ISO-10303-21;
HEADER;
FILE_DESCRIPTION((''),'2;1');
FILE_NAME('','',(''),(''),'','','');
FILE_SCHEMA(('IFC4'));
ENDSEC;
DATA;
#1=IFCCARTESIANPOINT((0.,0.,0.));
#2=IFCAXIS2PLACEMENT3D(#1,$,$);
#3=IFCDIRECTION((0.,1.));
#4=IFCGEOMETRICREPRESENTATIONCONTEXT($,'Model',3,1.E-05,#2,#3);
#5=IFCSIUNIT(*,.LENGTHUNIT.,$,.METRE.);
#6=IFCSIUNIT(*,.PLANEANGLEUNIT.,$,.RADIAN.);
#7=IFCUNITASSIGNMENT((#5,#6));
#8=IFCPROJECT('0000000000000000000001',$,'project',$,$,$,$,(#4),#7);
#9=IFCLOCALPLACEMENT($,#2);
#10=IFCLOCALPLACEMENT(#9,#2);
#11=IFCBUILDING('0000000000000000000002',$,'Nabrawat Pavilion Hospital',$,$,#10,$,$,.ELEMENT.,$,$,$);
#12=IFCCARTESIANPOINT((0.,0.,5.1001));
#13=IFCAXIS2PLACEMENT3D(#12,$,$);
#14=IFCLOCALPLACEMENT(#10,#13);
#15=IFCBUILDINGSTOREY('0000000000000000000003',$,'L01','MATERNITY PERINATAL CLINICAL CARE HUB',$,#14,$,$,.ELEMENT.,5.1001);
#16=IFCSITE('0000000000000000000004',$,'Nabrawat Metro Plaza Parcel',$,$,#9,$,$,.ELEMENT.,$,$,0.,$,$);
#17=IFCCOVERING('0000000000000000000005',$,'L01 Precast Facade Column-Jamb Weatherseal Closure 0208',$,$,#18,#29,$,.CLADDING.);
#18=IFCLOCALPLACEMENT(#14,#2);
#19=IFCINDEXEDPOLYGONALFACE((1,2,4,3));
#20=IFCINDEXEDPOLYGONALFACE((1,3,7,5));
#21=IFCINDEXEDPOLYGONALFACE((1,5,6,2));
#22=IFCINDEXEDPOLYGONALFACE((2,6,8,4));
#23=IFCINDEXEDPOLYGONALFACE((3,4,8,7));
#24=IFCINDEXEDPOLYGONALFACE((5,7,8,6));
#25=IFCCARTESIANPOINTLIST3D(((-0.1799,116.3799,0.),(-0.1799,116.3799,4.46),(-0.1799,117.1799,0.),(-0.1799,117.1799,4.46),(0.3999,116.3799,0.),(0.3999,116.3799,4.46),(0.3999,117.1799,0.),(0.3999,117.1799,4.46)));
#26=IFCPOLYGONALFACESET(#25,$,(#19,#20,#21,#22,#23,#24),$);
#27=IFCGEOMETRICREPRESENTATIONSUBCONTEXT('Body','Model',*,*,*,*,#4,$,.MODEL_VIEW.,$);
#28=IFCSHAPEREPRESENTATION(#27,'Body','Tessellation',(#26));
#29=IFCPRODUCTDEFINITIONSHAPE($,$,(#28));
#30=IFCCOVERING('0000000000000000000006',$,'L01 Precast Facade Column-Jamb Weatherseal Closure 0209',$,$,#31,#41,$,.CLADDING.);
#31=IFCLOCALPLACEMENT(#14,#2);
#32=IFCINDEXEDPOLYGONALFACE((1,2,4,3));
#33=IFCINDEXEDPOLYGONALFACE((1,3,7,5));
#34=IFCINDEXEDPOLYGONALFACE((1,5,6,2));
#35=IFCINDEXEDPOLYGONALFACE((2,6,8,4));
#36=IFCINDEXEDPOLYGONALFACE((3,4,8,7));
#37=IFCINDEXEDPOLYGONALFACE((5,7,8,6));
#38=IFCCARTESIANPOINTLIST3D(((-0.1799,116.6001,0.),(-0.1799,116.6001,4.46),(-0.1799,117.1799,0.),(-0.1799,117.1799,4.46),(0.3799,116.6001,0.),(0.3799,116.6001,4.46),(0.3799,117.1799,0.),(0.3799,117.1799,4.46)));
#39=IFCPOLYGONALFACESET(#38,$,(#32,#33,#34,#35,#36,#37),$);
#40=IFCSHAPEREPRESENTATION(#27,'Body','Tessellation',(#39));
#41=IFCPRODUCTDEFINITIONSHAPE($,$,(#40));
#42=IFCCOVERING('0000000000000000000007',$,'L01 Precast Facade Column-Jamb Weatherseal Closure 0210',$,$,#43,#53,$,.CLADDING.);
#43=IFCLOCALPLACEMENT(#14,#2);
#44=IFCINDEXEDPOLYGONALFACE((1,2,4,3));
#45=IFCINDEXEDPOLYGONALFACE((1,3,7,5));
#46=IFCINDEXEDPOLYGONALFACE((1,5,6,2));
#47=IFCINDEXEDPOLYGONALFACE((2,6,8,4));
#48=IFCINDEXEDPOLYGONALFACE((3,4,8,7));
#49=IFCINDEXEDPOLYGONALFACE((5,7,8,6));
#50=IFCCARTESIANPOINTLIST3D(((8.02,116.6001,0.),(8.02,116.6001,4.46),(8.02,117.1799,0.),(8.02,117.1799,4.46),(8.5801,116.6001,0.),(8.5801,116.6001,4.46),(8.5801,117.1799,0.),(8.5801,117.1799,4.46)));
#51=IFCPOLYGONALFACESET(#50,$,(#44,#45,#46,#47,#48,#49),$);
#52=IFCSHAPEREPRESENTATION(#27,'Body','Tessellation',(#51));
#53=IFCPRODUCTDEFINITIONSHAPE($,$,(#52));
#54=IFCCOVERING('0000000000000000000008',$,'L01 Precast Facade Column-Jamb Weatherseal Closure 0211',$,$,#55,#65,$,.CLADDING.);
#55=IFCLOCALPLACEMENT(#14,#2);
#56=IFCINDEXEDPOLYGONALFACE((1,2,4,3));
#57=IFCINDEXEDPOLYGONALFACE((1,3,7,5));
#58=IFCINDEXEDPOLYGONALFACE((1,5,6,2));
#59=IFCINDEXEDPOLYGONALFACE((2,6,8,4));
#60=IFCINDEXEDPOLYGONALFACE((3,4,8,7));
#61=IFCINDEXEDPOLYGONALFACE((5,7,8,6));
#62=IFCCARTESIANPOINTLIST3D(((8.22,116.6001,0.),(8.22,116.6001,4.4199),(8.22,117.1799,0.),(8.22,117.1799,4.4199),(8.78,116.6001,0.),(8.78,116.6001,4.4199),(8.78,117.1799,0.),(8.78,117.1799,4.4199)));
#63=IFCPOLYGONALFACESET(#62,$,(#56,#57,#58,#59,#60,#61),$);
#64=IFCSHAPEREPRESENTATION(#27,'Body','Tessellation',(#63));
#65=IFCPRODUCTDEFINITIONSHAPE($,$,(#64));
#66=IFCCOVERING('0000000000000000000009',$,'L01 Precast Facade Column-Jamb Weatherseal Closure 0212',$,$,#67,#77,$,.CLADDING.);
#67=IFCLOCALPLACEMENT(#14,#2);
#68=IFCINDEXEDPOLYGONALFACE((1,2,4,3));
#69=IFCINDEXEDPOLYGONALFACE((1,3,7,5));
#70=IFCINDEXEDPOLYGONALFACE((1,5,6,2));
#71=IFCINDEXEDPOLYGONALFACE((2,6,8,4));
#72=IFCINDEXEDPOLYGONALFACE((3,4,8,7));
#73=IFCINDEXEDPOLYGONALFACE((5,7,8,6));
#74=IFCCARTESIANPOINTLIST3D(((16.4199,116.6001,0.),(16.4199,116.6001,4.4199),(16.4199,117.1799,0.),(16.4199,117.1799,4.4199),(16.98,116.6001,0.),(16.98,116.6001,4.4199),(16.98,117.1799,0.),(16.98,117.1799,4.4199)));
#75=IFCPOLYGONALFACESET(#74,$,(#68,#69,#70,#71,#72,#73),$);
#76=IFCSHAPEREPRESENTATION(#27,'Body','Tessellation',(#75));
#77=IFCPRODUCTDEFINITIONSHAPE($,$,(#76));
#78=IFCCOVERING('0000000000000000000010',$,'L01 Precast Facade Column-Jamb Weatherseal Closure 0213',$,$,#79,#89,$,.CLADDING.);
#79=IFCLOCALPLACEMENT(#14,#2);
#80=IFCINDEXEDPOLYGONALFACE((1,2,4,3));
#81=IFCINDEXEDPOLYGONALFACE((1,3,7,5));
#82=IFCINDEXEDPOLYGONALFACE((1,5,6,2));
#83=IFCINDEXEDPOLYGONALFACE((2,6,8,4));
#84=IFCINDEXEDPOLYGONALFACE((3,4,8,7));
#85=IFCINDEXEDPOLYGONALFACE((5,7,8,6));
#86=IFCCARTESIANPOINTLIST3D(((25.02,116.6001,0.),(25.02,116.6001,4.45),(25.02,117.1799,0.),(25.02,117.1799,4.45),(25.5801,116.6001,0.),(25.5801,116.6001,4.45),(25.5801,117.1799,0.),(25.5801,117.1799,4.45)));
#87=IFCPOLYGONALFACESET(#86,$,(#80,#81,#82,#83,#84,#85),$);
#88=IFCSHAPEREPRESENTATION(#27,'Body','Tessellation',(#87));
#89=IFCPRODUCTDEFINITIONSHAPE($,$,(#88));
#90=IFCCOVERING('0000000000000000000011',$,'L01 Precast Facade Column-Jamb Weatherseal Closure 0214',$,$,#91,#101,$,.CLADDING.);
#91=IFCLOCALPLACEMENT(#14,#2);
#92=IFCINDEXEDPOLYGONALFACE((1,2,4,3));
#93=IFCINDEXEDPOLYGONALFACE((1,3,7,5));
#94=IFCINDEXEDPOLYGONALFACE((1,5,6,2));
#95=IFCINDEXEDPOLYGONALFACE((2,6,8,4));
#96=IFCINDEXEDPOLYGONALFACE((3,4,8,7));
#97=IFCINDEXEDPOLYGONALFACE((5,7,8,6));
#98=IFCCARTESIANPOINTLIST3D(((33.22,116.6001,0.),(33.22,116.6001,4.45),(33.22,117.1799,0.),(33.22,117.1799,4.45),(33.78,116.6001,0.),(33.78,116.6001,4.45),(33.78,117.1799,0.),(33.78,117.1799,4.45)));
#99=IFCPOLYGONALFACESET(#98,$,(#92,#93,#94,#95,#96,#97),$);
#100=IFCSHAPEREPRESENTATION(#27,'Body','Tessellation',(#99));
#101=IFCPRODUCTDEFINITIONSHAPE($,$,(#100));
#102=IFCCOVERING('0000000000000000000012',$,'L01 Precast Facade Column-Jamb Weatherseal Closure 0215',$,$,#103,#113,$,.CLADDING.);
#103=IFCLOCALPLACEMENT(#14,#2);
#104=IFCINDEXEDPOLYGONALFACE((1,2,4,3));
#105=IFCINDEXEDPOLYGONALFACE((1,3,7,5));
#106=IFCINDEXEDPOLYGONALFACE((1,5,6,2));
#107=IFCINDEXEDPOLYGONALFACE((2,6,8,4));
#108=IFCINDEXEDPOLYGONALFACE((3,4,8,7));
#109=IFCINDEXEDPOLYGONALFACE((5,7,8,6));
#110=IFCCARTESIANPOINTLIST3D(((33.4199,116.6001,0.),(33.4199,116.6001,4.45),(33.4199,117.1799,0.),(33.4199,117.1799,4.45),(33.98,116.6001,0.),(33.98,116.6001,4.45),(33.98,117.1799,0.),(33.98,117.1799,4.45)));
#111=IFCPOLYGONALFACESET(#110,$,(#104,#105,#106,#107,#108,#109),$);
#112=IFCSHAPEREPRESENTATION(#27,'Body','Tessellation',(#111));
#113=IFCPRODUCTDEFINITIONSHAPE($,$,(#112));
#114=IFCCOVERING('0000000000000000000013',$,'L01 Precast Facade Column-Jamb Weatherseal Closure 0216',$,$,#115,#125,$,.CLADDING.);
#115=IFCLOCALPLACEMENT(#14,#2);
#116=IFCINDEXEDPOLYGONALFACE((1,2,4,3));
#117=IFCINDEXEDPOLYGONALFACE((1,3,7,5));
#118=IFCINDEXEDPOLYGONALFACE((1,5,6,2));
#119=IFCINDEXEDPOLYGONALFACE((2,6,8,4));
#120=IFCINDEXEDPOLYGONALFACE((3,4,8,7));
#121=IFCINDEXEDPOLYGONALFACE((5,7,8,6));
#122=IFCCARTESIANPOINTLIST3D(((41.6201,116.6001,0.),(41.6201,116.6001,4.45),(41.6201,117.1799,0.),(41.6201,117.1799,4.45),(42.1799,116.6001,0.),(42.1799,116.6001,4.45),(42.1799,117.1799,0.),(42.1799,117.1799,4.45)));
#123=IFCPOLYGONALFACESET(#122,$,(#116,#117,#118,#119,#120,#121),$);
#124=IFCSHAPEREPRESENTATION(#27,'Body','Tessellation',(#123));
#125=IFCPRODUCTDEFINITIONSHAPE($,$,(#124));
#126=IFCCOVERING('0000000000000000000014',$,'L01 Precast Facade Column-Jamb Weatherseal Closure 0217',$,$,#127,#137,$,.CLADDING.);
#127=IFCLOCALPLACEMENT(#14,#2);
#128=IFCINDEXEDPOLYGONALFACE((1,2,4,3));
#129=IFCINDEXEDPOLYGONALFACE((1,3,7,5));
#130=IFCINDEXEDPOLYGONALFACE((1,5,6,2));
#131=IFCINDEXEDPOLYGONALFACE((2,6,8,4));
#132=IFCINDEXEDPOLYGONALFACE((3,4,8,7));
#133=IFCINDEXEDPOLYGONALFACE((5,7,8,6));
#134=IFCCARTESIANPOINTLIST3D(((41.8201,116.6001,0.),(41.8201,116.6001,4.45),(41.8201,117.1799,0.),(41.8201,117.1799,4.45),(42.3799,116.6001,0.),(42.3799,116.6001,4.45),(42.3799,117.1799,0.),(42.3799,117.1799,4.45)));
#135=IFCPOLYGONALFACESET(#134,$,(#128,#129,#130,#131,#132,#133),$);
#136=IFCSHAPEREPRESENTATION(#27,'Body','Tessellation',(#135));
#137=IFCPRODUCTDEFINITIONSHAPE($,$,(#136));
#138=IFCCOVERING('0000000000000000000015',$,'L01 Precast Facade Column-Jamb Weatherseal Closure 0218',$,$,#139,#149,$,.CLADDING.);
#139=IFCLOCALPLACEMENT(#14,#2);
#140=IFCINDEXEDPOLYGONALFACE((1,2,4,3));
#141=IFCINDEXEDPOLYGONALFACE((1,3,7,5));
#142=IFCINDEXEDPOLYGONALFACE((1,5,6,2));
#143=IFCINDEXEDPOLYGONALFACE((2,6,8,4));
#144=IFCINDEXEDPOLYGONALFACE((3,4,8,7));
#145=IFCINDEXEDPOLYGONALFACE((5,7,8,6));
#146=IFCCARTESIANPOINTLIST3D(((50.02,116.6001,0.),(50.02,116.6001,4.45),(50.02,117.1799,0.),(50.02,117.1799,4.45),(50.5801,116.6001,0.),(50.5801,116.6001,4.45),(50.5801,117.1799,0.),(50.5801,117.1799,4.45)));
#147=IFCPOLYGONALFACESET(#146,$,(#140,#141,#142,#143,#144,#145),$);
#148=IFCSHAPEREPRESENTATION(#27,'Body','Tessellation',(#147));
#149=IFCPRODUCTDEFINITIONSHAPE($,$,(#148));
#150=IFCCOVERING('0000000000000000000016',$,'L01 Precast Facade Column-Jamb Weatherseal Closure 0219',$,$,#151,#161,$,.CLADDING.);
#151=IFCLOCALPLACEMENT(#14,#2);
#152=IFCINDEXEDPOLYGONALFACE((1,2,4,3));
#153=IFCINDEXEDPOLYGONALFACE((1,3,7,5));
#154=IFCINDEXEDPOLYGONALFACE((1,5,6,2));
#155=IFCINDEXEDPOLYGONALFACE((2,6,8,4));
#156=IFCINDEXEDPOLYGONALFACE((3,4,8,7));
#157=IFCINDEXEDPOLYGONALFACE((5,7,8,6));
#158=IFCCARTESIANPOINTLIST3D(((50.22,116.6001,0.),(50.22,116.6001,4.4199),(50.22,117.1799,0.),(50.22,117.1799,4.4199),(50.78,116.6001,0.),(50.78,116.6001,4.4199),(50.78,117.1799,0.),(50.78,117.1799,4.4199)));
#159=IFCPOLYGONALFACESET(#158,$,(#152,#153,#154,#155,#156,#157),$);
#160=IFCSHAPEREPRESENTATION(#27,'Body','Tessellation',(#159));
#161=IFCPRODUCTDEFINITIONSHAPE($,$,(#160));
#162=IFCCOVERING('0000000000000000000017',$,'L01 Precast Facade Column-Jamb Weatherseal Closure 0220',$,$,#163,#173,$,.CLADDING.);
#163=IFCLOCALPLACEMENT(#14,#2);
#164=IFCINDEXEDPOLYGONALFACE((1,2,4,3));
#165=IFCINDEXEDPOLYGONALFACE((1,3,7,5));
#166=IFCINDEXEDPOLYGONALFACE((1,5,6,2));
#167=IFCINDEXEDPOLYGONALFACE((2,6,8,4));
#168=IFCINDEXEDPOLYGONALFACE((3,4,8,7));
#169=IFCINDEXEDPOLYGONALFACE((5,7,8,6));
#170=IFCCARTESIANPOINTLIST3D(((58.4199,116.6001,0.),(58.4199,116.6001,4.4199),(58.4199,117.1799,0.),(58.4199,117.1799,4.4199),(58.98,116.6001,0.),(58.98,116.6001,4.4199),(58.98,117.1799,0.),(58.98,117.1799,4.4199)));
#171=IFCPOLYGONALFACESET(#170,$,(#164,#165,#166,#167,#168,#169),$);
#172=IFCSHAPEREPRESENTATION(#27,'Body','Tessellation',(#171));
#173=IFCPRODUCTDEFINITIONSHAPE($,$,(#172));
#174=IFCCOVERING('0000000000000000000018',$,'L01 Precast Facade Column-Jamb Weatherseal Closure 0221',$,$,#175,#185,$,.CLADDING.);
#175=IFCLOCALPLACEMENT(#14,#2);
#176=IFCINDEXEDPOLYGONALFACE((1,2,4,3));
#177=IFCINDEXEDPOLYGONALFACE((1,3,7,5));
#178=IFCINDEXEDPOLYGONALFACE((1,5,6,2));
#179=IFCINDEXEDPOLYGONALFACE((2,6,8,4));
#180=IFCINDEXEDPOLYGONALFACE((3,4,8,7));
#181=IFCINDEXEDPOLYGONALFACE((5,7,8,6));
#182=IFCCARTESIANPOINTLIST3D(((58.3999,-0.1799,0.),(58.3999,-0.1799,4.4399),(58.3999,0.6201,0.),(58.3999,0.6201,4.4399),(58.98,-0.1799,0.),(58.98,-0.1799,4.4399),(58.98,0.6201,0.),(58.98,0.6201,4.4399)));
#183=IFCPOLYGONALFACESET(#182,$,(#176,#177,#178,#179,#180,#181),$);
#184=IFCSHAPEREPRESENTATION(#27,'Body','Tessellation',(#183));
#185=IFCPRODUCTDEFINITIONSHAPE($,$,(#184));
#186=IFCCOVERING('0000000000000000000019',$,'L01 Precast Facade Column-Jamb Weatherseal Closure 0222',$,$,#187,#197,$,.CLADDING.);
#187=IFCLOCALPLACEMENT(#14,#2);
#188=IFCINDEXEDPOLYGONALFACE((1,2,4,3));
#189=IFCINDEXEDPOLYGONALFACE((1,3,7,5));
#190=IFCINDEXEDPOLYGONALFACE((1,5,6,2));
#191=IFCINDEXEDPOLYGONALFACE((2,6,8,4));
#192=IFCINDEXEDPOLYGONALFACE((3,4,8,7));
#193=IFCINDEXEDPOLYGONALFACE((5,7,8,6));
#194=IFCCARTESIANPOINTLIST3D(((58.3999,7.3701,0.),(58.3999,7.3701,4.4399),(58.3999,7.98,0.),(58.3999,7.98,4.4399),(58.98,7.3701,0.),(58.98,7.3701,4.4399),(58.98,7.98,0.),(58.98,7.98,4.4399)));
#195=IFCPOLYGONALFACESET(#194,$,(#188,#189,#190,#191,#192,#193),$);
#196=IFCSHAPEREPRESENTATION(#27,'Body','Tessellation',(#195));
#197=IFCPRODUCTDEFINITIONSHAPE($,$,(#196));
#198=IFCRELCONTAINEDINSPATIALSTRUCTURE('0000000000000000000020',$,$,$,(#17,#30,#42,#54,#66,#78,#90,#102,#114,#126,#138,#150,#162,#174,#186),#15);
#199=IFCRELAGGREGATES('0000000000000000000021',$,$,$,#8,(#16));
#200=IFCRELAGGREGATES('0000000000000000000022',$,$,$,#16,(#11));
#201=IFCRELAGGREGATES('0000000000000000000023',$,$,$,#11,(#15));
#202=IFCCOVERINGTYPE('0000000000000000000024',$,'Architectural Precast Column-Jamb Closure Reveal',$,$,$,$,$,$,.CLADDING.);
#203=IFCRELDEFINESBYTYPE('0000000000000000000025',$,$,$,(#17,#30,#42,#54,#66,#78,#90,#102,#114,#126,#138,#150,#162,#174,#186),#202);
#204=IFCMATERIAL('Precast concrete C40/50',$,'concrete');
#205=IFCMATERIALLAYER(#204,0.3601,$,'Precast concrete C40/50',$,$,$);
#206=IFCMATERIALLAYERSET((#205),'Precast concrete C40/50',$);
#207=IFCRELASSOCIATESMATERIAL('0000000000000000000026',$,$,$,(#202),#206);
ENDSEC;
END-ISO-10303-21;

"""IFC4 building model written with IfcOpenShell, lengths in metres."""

from ifc_helpers import new_model, si_unit, direction, frame, origin, place, context, subcontext, project, spatial, polyline, outline, extrude, material, layer, layer_set, type_object, element, save


model = new_model("IFC4")

# Units and contexts
model_context = context("Model", 3, precision=1e-05, world=origin(), true_north=direction((0.0, 1.0)))
body_context = subcontext(model_context, "Body", "Model", "MODEL_VIEW")
ifc_project = project(units=[si_unit("LENGTHUNIT", "METRE"), si_unit("PLANEANGLEUNIT", "RADIAN")], contexts=[model_context])

# Site, building, storey
site_placement = place(None, origin())
site = spatial("IfcSite", under=ifc_project, at=site_placement, Name="Nabrawat Metro Plaza Parcel", CompositionType="ELEMENT", RefElevation=0.0)
building_placement = place(site_placement, origin())
building = spatial("IfcBuilding", under=site, at=building_placement, Name="Nabrawat Pavilion Hospital", CompositionType="ELEMENT")
storey_placement = place(building_placement, frame((0.0, 0.0, 5.1001)))
storey = spatial("IfcBuildingStorey", under=building, at=storey_placement, Name="L01", Description="MATERNITY PERINATAL CLINICAL CARE HUB", CompositionType="ELEMENT", Elevation=5.1001)

# Coverings
ifc_material = material(Name="Precast concrete C40/50", Category="concrete")
ifc_layer = layer(ifc_material, 0.3601, Name="Precast concrete C40/50")
ifc_layer_set = layer_set([ifc_layer], Name="Precast concrete C40/50")
covering_type = type_object("IfcCoveringType", Name="Architectural Precast Column-Jamb Closure Reveal", PredefinedType="CLADDING", material=ifc_layer_set)
covering_1_placement = place(storey_placement, origin())
element("IfcCovering", 1, at=covering_1_placement, inside=storey, type_object=covering_type, Name="L01 Precast Facade Column-Jamb Weatherseal Closure 0208", PredefinedType="CLADDING", context=body_context, shape_type="SweptSolid", body=[
    extrude(outline(polyline([(0.3999, 116.3799), (0.3999, 117.1799), (-0.1799, 117.1799), (-0.1799, 116.3799), (0.3999, 116.3799)])), origin(), (0.0, 0.0, 1.0), 4.46),
])
covering_2_placement = place(storey_placement, origin())
element("IfcCovering", 2, at=covering_2_placement, inside=storey, type_object=covering_type, Name="L01 Precast Facade Column-Jamb Weatherseal Closure 0209", PredefinedType="CLADDING", context=body_context, shape_type="SweptSolid", body=[
    extrude(outline(polyline([(0.3799, 116.6001), (0.3799, 117.1799), (-0.1799, 117.1799), (-0.1799, 116.6001), (0.3799, 116.6001)])), origin(), (0.0, 0.0, 1.0), 4.46),
])
covering_3_placement = place(storey_placement, origin())
element("IfcCovering", 3, at=covering_3_placement, inside=storey, type_object=covering_type, Name="L01 Precast Facade Column-Jamb Weatherseal Closure 0210", PredefinedType="CLADDING", context=body_context, shape_type="SweptSolid", body=[
    extrude(outline(polyline([(8.5801, 116.6001), (8.5801, 117.1799), (8.02, 117.1799), (8.02, 116.6001), (8.5801, 116.6001)])), origin(), (0.0, 0.0, 1.0), 4.46),
])
covering_4_placement = place(storey_placement, origin())
element("IfcCovering", 4, at=covering_4_placement, inside=storey, type_object=covering_type, Name="L01 Precast Facade Column-Jamb Weatherseal Closure 0211", PredefinedType="CLADDING", context=body_context, shape_type="SweptSolid", body=[
    extrude(outline(polyline([(8.78, 116.6001), (8.78, 117.1799), (8.22, 117.1799), (8.22, 116.6001), (8.78, 116.6001)])), origin(), (0.0, 0.0, 1.0), 4.4199),
])
covering_5_placement = place(storey_placement, origin())
element("IfcCovering", 5, at=covering_5_placement, inside=storey, type_object=covering_type, Name="L01 Precast Facade Column-Jamb Weatherseal Closure 0212", PredefinedType="CLADDING", context=body_context, shape_type="SweptSolid", body=[
    extrude(outline(polyline([(16.98, 116.6001), (16.98, 117.1799), (16.4199, 117.1799), (16.4199, 116.6001), (16.98, 116.6001)])), origin(), (0.0, 0.0, 1.0), 4.4199),
])
covering_6_placement = place(storey_placement, origin())
element("IfcCovering", 6, at=covering_6_placement, inside=storey, type_object=covering_type, Name="L01 Precast Facade Column-Jamb Weatherseal Closure 0213", PredefinedType="CLADDING", context=body_context, shape_type="SweptSolid", body=[
    extrude(outline(polyline([(25.5801, 116.6001), (25.5801, 117.1799), (25.02, 117.1799), (25.02, 116.6001), (25.5801, 116.6001)])), origin(), (0.0, 0.0, 1.0), 4.45),
])
covering_7_placement = place(storey_placement, origin())
element("IfcCovering", 7, at=covering_7_placement, inside=storey, type_object=covering_type, Name="L01 Precast Facade Column-Jamb Weatherseal Closure 0214", PredefinedType="CLADDING", context=body_context, shape_type="SweptSolid", body=[
    extrude(outline(polyline([(33.78, 116.6001), (33.78, 117.1799), (33.22, 117.1799), (33.22, 116.6001), (33.78, 116.6001)])), origin(), (0.0, 0.0, 1.0), 4.45),
])
covering_8_placement = place(storey_placement, origin())
element("IfcCovering", 8, at=covering_8_placement, inside=storey, type_object=covering_type, Name="L01 Precast Facade Column-Jamb Weatherseal Closure 0215", PredefinedType="CLADDING", context=body_context, shape_type="SweptSolid", body=[
    extrude(outline(polyline([(33.98, 116.6001), (33.98, 117.1799), (33.4199, 117.1799), (33.4199, 116.6001), (33.98, 116.6001)])), origin(), (0.0, 0.0, 1.0), 4.45),
])
covering_9_placement = place(storey_placement, origin())
element("IfcCovering", 9, at=covering_9_placement, inside=storey, type_object=covering_type, Name="L01 Precast Facade Column-Jamb Weatherseal Closure 0216", PredefinedType="CLADDING", context=body_context, shape_type="SweptSolid", body=[
    extrude(outline(polyline([(42.1799, 116.6001), (42.1799, 117.1799), (41.6201, 117.1799), (41.6201, 116.6001), (42.1799, 116.6001)])), origin(), (0.0, 0.0, 1.0), 4.45),
])
covering_10_placement = place(storey_placement, origin())
element("IfcCovering", 10, at=covering_10_placement, inside=storey, type_object=covering_type, Name="L01 Precast Facade Column-Jamb Weatherseal Closure 0217", PredefinedType="CLADDING", context=body_context, shape_type="SweptSolid", body=[
    extrude(outline(polyline([(42.3799, 116.6001), (42.3799, 117.1799), (41.8201, 117.1799), (41.8201, 116.6001), (42.3799, 116.6001)])), origin(), (0.0, 0.0, 1.0), 4.45),
])
covering_11_placement = place(storey_placement, origin())
element("IfcCovering", 11, at=covering_11_placement, inside=storey, type_object=covering_type, Name="L01 Precast Facade Column-Jamb Weatherseal Closure 0218", PredefinedType="CLADDING", context=body_context, shape_type="SweptSolid", body=[
    extrude(outline(polyline([(50.5801, 116.6001), (50.5801, 117.1799), (50.02, 117.1799), (50.02, 116.6001), (50.5801, 116.6001)])), origin(), (0.0, 0.0, 1.0), 4.45),
])
covering_12_placement = place(storey_placement, origin())
element("IfcCovering", 12, at=covering_12_placement, inside=storey, type_object=covering_type, Name="L01 Precast Facade Column-Jamb Weatherseal Closure 0219", PredefinedType="CLADDING", context=body_context, shape_type="SweptSolid", body=[
    extrude(outline(polyline([(50.78, 116.6001), (50.78, 117.1799), (50.22, 117.1799), (50.22, 116.6001), (50.78, 116.6001)])), origin(), (0.0, 0.0, 1.0), 4.4199),
])
covering_13_placement = place(storey_placement, origin())
element("IfcCovering", 13, at=covering_13_placement, inside=storey, type_object=covering_type, Name="L01 Precast Facade Column-Jamb Weatherseal Closure 0220", PredefinedType="CLADDING", context=body_context, shape_type="SweptSolid", body=[
    extrude(outline(polyline([(58.98, 116.6001), (58.98, 117.1799), (58.4199, 117.1799), (58.4199, 116.6001), (58.98, 116.6001)])), origin(), (0.0, 0.0, 1.0), 4.4199),
])
covering_14_placement = place(storey_placement, origin())
element("IfcCovering", 14, at=covering_14_placement, inside=storey, type_object=covering_type, Name="L01 Precast Facade Column-Jamb Weatherseal Closure 0221", PredefinedType="CLADDING", context=body_context, shape_type="SweptSolid", body=[
    extrude(outline(polyline([(58.98, -0.1799), (58.98, 0.6201), (58.3999, 0.6201), (58.3999, -0.1799), (58.98, -0.1799)])), origin(), (0.0, 0.0, 1.0), 4.4399),
])
covering_15_placement = place(storey_placement, origin())
element("IfcCovering", 15, at=covering_15_placement, inside=storey, type_object=covering_type, Name="L01 Precast Facade Column-Jamb Weatherseal Closure 0222", PredefinedType="CLADDING", context=body_context, shape_type="SweptSolid", body=[
    extrude(outline(polyline([(58.98, 7.3701), (58.98, 7.98), (58.3999, 7.98), (58.3999, 7.3701), (58.98, 7.3701)])), origin(), (0.0, 0.0, 1.0), 4.4399),
])

save(model, "model.ifc")
